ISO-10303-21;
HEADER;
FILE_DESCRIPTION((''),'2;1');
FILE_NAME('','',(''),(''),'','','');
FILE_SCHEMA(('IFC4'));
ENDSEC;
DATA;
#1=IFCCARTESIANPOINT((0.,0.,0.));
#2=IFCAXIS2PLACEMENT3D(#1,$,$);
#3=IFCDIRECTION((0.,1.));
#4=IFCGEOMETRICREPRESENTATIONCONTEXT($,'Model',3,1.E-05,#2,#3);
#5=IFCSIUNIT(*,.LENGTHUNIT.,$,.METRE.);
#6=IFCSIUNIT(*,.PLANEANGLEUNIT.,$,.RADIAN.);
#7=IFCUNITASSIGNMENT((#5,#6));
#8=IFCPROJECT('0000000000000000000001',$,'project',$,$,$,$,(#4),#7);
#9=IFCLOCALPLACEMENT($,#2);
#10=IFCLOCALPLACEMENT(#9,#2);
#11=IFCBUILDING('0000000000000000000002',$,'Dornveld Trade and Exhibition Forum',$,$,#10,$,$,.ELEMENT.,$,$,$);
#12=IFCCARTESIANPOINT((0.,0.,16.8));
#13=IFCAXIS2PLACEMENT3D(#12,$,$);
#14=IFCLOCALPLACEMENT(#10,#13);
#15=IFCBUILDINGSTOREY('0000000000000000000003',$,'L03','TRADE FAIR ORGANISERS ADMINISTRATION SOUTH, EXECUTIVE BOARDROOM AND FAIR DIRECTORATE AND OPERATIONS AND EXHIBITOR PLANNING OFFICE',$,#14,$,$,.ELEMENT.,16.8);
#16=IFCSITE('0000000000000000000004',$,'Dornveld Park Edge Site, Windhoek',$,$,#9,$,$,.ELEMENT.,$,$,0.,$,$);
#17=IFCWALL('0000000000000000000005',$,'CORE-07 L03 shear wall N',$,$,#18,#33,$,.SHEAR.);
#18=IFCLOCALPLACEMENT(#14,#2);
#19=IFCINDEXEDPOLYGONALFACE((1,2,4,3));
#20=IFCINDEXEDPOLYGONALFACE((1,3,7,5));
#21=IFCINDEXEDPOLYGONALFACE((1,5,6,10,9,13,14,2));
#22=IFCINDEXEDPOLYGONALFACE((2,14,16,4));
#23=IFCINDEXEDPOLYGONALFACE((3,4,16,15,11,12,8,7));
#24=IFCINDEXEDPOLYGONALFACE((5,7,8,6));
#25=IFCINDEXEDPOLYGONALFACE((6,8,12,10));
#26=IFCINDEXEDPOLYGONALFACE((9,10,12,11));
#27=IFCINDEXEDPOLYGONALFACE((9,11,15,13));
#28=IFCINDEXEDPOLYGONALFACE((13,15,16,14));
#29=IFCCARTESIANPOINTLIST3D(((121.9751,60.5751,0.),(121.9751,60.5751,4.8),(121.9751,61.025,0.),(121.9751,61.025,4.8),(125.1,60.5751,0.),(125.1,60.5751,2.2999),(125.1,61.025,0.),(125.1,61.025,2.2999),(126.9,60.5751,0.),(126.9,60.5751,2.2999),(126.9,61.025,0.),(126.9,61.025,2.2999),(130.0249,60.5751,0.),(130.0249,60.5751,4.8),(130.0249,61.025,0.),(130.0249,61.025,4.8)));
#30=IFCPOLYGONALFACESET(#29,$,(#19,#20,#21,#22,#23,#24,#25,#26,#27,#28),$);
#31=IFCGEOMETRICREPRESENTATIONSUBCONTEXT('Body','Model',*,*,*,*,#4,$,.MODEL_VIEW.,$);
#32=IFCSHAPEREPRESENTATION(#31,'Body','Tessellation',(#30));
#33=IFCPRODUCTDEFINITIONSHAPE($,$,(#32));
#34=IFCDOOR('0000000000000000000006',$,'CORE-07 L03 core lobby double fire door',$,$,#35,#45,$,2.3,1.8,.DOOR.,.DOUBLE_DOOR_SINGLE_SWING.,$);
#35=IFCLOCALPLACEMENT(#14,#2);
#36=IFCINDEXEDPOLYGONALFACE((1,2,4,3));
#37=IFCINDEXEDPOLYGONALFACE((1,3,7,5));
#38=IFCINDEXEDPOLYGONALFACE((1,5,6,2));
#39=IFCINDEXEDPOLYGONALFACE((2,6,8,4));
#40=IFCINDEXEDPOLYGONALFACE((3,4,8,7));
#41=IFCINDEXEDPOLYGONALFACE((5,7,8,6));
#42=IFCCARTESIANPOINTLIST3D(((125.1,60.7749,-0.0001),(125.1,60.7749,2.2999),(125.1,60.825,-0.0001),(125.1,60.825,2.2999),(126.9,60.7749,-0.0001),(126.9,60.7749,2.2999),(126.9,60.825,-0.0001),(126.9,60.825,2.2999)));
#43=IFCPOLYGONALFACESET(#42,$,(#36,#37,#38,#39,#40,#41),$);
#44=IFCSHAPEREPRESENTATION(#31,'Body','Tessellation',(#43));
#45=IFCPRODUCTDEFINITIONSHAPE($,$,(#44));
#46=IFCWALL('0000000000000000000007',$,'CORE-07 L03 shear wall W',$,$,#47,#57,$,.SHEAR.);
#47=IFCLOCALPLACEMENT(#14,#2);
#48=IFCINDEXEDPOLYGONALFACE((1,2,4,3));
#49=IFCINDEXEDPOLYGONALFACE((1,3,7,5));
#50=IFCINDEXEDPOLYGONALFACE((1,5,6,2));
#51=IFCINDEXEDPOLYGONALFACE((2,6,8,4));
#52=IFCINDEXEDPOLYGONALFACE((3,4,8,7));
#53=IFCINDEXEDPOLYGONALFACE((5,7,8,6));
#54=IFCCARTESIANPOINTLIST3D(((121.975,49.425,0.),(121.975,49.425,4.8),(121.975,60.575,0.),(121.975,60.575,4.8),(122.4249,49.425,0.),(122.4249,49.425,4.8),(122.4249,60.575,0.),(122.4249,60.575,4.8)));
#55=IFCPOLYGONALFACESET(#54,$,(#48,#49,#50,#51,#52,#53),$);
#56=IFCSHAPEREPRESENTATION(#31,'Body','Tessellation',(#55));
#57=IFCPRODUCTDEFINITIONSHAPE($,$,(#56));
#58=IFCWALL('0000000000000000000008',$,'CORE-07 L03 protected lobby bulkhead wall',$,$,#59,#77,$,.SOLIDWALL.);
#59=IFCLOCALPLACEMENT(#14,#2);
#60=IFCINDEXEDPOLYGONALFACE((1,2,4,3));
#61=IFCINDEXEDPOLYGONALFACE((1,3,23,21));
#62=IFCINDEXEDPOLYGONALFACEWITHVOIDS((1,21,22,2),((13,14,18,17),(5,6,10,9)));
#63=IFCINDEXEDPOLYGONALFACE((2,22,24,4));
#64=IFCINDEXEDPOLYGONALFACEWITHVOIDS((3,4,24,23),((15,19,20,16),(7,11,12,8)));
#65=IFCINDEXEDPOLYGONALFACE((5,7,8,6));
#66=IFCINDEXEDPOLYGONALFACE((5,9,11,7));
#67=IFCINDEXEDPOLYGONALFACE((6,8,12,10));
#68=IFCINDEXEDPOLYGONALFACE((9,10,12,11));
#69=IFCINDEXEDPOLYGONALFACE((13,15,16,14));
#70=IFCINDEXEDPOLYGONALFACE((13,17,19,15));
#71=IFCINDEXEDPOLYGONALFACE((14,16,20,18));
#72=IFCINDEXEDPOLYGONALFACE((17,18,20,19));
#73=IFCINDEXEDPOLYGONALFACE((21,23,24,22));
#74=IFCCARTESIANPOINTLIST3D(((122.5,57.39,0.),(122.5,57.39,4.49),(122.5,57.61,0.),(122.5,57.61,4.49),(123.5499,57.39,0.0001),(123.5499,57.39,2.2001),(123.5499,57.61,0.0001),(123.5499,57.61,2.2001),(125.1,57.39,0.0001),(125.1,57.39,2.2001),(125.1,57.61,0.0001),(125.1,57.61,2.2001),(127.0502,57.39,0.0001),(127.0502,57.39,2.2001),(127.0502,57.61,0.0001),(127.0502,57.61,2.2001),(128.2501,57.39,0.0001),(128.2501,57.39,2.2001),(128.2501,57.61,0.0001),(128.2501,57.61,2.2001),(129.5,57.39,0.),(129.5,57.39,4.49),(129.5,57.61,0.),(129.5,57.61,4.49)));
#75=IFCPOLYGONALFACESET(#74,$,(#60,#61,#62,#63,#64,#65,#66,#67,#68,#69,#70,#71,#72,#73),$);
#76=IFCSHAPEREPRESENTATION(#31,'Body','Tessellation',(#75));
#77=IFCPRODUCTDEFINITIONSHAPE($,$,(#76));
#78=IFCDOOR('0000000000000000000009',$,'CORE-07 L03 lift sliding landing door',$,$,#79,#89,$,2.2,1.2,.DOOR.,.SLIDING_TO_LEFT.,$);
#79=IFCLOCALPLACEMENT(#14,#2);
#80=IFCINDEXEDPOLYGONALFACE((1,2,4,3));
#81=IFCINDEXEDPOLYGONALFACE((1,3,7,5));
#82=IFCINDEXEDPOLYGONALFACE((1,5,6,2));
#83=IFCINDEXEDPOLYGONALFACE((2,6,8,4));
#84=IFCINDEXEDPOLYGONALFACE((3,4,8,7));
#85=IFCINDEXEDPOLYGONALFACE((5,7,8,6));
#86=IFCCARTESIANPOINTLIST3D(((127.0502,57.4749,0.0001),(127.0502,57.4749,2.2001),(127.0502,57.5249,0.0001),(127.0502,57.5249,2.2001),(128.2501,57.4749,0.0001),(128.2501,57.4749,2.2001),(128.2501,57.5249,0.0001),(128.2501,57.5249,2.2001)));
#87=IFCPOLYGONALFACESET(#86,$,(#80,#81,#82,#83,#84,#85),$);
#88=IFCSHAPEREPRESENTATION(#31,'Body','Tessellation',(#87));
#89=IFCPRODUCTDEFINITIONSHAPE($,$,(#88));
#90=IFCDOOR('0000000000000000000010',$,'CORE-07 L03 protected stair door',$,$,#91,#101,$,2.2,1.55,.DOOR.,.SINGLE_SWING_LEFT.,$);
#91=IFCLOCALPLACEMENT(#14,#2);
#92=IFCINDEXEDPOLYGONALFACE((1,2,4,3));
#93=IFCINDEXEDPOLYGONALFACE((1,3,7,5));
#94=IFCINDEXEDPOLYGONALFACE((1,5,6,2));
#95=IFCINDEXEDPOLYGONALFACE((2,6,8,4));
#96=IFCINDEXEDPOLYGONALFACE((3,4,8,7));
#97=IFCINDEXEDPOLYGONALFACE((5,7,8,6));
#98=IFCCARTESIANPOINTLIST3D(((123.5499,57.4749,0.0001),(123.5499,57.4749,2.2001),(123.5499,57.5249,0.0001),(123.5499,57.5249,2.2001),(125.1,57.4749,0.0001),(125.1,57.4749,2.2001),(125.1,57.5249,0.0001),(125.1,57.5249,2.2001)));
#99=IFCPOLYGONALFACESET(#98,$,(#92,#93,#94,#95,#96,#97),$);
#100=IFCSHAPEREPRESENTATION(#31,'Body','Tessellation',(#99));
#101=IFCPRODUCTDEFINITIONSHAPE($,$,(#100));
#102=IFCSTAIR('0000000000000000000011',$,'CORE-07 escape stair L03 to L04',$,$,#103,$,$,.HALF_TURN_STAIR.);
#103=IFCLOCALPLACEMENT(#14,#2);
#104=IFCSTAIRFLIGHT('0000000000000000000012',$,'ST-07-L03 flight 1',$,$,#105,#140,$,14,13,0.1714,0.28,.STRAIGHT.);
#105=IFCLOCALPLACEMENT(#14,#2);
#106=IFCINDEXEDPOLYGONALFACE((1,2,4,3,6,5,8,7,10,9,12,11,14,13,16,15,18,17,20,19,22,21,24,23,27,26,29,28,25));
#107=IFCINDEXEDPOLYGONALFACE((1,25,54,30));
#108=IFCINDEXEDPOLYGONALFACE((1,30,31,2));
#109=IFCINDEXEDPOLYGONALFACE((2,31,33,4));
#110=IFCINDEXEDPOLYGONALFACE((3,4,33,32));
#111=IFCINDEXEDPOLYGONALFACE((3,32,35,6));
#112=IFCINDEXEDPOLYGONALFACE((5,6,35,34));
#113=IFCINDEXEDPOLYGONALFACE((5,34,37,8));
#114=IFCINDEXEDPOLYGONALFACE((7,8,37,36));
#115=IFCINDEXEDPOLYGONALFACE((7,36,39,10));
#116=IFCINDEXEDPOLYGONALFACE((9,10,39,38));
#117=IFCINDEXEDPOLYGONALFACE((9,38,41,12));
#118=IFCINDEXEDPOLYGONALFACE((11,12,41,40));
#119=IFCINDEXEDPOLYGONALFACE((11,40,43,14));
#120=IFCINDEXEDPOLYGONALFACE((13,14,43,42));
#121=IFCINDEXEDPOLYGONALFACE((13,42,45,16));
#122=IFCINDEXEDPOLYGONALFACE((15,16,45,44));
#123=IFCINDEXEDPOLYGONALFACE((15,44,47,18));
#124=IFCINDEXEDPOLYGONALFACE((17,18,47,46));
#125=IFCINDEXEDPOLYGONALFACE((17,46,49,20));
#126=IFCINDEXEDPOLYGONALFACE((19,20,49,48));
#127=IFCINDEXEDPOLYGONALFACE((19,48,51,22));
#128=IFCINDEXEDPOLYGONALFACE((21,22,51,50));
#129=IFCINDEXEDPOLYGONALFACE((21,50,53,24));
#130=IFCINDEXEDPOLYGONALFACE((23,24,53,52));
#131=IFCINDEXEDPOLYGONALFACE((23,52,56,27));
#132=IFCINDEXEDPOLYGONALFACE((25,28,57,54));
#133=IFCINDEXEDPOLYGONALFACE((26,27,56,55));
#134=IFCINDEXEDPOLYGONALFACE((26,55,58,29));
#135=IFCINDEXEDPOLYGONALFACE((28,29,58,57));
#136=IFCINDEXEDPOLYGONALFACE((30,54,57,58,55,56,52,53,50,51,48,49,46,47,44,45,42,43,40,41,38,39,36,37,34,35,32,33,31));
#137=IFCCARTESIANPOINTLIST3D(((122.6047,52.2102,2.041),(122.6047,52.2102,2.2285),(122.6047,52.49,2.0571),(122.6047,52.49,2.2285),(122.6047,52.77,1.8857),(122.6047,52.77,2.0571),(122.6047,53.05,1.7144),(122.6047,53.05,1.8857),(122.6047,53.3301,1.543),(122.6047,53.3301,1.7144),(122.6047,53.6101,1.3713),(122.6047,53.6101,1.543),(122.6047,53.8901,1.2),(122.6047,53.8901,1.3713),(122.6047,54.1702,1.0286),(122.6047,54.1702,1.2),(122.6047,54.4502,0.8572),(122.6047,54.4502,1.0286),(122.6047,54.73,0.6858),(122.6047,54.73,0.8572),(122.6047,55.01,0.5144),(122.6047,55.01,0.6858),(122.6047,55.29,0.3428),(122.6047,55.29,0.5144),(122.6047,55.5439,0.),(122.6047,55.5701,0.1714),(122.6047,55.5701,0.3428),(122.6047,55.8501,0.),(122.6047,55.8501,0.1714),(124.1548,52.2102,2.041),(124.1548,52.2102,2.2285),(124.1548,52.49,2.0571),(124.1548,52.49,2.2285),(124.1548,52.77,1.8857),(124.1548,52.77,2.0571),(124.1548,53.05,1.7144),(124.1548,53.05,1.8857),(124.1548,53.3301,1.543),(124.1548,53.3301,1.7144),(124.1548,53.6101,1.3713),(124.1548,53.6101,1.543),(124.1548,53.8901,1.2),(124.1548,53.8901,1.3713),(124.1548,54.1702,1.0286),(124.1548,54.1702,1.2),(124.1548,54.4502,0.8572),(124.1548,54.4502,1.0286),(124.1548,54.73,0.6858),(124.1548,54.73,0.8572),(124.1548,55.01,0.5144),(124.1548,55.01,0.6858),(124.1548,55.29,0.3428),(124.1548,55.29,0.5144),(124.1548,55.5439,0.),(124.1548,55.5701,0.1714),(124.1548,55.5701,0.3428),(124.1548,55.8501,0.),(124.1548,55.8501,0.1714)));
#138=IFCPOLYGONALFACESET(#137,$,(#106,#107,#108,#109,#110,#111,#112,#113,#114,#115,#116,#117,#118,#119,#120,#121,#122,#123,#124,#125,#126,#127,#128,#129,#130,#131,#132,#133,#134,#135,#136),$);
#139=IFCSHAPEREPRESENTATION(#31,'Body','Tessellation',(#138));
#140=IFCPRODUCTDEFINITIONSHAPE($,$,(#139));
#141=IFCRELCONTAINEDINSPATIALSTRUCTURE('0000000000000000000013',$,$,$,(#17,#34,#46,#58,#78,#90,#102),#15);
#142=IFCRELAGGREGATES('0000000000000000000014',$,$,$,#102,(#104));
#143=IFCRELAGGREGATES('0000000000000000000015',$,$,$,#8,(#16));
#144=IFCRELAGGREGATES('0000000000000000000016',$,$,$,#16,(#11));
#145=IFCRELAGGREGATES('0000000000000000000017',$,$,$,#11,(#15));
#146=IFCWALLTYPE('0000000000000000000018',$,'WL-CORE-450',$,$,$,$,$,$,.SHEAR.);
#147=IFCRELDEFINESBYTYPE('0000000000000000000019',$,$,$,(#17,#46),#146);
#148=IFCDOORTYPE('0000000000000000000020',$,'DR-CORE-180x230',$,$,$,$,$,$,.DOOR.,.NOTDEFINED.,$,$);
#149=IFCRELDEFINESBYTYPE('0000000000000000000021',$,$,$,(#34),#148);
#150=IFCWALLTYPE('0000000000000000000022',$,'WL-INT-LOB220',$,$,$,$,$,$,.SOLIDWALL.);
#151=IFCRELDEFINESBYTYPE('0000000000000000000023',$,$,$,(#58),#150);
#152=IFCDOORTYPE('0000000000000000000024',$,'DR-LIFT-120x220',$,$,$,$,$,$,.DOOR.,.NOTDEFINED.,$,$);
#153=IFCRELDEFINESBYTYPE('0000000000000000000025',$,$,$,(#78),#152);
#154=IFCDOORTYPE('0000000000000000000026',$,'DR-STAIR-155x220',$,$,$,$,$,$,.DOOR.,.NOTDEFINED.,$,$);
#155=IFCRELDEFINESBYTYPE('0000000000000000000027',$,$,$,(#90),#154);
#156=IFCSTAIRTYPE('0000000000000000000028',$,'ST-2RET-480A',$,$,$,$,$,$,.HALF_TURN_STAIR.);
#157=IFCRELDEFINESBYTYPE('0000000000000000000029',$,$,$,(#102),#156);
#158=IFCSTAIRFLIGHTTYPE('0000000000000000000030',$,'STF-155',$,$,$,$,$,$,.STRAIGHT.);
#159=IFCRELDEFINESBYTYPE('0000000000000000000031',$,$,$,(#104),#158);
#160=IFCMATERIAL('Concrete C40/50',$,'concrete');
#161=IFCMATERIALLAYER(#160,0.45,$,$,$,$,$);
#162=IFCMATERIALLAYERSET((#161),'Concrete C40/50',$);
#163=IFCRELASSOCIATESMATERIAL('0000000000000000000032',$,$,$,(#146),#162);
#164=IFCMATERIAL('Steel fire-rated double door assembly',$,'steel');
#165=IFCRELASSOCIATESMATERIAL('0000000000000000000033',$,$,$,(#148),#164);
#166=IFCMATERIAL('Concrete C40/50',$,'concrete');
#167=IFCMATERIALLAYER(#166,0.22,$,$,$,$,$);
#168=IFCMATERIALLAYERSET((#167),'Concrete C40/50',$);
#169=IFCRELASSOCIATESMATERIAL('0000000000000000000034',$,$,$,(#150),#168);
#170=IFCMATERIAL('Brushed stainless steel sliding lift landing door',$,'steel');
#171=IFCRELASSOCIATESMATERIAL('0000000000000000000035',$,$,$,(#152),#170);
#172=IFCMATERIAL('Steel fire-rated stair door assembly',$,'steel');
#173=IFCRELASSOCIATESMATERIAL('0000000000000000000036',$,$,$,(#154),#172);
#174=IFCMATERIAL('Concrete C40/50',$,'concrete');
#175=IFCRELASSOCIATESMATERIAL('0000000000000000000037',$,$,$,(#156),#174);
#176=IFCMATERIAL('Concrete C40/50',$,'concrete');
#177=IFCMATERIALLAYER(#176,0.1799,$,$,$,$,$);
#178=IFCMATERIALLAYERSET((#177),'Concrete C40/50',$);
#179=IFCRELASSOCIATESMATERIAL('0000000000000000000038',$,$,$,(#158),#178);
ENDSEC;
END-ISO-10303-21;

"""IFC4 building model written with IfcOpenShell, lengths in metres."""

from ifc_helpers import new_model, si_unit, direction, frame, frame_2d, origin, place, context, subcontext, project, spatial, polyline, rectangle, outline, extrude, material, layer, layer_set, type_object, element, fill, aggregate, save


model = new_model("IFC4")

# Units and contexts
model_context = context("Model", 3, precision=1e-05, world=origin(), true_north=direction((0.0, 1.0)))
body_context = subcontext(model_context, "Body", "Model", "MODEL_VIEW")
ifc_project = project(units=[si_unit("LENGTHUNIT", "METRE"), si_unit("PLANEANGLEUNIT", "RADIAN")], contexts=[model_context])

# Site, building, storey
site_placement = place(None, origin())
site = spatial("IfcSite", under=ifc_project, at=site_placement, Name="Dornveld Park Edge Site, Windhoek", CompositionType="ELEMENT", RefElevation=0.0)
building_placement = place(site_placement, origin())
building = spatial("IfcBuilding", under=site, at=building_placement, Name="Dornveld Trade and Exhibition Forum", CompositionType="ELEMENT")
storey_placement = place(building_placement, frame((0.0, 0.0, 16.8)))
storey = spatial("IfcBuildingStorey", under=building, at=storey_placement, Name="L03", Description="TRADE FAIR ORGANISERS ADMINISTRATION SOUTH, EXECUTIVE BOARDROOM AND FAIR DIRECTORATE AND OPERATIONS AND EXHIBITOR PLANNING OFFICE", CompositionType="ELEMENT", Elevation=16.8)

# Shared definitions
ifc_material_1 = material(Name="Concrete C40/50", Category="concrete")
ifc_layer_1 = layer(ifc_material_1, 0.45)
ifc_layer_set_1 = layer_set([ifc_layer_1], Name="Concrete C40/50")
wall_type_1 = type_object("IfcWallType", Name="WL-CORE-450", PredefinedType="SHEAR", material=ifc_layer_set_1)

# Wall, opening, door
wall_1_placement = place(storey_placement, frame((121.9751, 60.8, 0.0), z_axis=(0.0, 0.0, 1.0), x_axis=(1.0, 0.0, 0.0)))
wall_1 = element("IfcWall", 1, at=wall_1_placement, inside=storey, type_object=wall_type_1, Name="CORE-07 L03 shear wall N", PredefinedType="SHEAR", context=body_context, shape_type="SweptSolid", body=[
    extrude(rectangle(XDim=8.0498, YDim=0.45, at=frame_2d((4.0249, 0.0))), origin(), (0.0, 0.0, 1.0), 4.8),
])
opening_1_placement = place(wall_1_placement, frame((3.125, 0.0, 0.0)))
opening_1 = element("IfcOpeningElement", 2, at=opening_1_placement, cuts=wall_1, PredefinedType="OPENING", context=body_context, shape_type="SweptSolid", body=[
    extrude(rectangle(XDim=1.8, YDim=2.3, at=frame_2d((0.8999, 1.1499))), frame((0.0, 0.2349, 0.0), z_axis=(0.0, -1.0, 0.0), x_axis=(1.0, 0.0, 0.0)), (0.0, 0.0, 1.0), 0.47),
])
ifc_material_2 = material(Name="Steel fire-rated double door assembly", Category="steel")
door_type_1 = type_object("IfcDoorType", Name="DR-CORE-180x230", OperationType="NOTDEFINED", PredefinedType="DOOR", material=ifc_material_2)
door_1_placement = place(opening_1_placement, origin())
door_1 = element("IfcDoor", 3, at=door_1_placement, inside=storey, type_object=door_type_1, Name="CORE-07 L03 core lobby double fire door", OperationType="DOUBLE_DOOR_SINGLE_SWING", OverallHeight=2.3, OverallWidth=1.8, PredefinedType="DOOR", context=body_context, shape_type="SweptSolid", body=[
    extrude(rectangle(XDim=1.8, YDim=2.3, at=frame_2d((0.8999, 1.1499))), frame((0.0, 0.0249, 0.0), z_axis=(0.0, -1.0, 0.0), x_axis=(1.0, 0.0, 0.0)), (0.0, 0.0, 1.0), 0.05),
])
fill(opening_1, door_1)

# Wall
wall_2_placement = place(storey_placement, frame((122.2, 49.425, 0.0), z_axis=(0.0, 0.0, 1.0), x_axis=(0.0, 1.0, 0.0)))
element("IfcWall", 4, at=wall_2_placement, inside=storey, type_object=wall_type_1, Name="CORE-07 L03 shear wall W", PredefinedType="SHEAR", context=body_context, shape_type="SweptSolid", body=[
    extrude(rectangle(XDim=11.1499, YDim=0.45, at=frame_2d((5.575, 0.0))), origin(), (0.0, 0.0, 1.0), 4.8),
])

# Wall, openings, doors
ifc_material_3 = material(Name="Concrete C40/50", Category="concrete")
ifc_layer_2 = layer(ifc_material_3, 0.22)
ifc_layer_set_2 = layer_set([ifc_layer_2], Name="Concrete C40/50")
wall_type_2 = type_object("IfcWallType", Name="WL-INT-LOB220", PredefinedType="SOLIDWALL", material=ifc_layer_set_2)
wall_3_placement = place(storey_placement, frame((122.5, 57.5, 0.0), z_axis=(0.0, 0.0, 1.0), x_axis=(1.0, 0.0, 0.0)))
wall_3 = element("IfcWall", 5, at=wall_3_placement, inside=storey, type_object=wall_type_2, Name="CORE-07 L03 protected lobby bulkhead wall", PredefinedType="SOLIDWALL", context=body_context, shape_type="SweptSolid", body=[
    extrude(rectangle(XDim=7.0, YDim=0.22, at=frame_2d((3.5, 0.0))), origin(), (0.0, 0.0, 1.0), 4.49),
])
opening_2_placement = place(wall_3_placement, frame((1.05, 0.0, 0.0)))
opening_2 = element("IfcOpeningElement", 6, at=opening_2_placement, cuts=wall_3, PredefinedType="OPENING", context=body_context, shape_type="SweptSolid", body=[
    extrude(rectangle(XDim=1.55, YDim=2.2, at=frame_2d((0.7749, 1.1001))), frame((0.0, 0.1199, 0.0), z_axis=(0.0, -1.0, 0.0), x_axis=(1.0, 0.0, 0.0)), (0.0, 0.0, 1.0), 0.24),
])
opening_3_placement = place(wall_3_placement, frame((4.55, 0.0, 0.0)))
opening_3 = element("IfcOpeningElement", 7, at=opening_3_placement, cuts=wall_3, PredefinedType="OPENING", context=body_context, shape_type="SweptSolid", body=[
    extrude(rectangle(XDim=1.2, YDim=2.2, at=frame_2d((0.6001, 1.1001))), frame((0.0, 0.1199, 0.0), z_axis=(0.0, -1.0, 0.0), x_axis=(1.0, 0.0, 0.0)), (0.0, 0.0, 1.0), 0.24),
])
ifc_material_4 = material(Name="Brushed stainless steel sliding lift landing door", Category="steel")
door_type_2 = type_object("IfcDoorType", Name="DR-LIFT-120x220", OperationType="NOTDEFINED", PredefinedType="DOOR", material=ifc_material_4)
door_2_placement = place(opening_3_placement, origin())
door_2 = element("IfcDoor", 8, at=door_2_placement, inside=storey, type_object=door_type_2, Name="CORE-07 L03 lift sliding landing door", OperationType="SLIDING_TO_LEFT", OverallHeight=2.2, OverallWidth=1.2, PredefinedType="DOOR", context=body_context, shape_type="SweptSolid", body=[
    extrude(rectangle(XDim=1.2, YDim=2.2, at=frame_2d((0.6001, 1.1001))), frame((0.0, 0.0249, 0.0), z_axis=(0.0, -1.0, 0.0), x_axis=(1.0, 0.0, 0.0)), (0.0, 0.0, 1.0), 0.05),
])
fill(opening_3, door_2)
ifc_material_5 = material(Name="Steel fire-rated stair door assembly", Category="steel")
door_type_3 = type_object("IfcDoorType", Name="DR-STAIR-155x220", OperationType="NOTDEFINED", PredefinedType="DOOR", material=ifc_material_5)
door_3_placement = place(opening_2_placement, origin())
door_3 = element("IfcDoor", 9, at=door_3_placement, inside=storey, type_object=door_type_3, Name="CORE-07 L03 protected stair door", OperationType="SINGLE_SWING_LEFT", OverallHeight=2.2, OverallWidth=1.55, PredefinedType="DOOR", context=body_context, shape_type="SweptSolid", body=[
    extrude(rectangle(XDim=1.55, YDim=2.2, at=frame_2d((0.7749, 1.1001))), frame((0.0, 0.0249, 0.0), z_axis=(0.0, -1.0, 0.0), x_axis=(1.0, 0.0, 0.0)), (0.0, 0.0, 1.0), 0.05),
])
fill(opening_2, door_3)

# Stair, stair flight
ifc_material_6 = material(Name="Concrete C40/50", Category="concrete")
stair_type = type_object("IfcStairType", Name="ST-2RET-480A", PredefinedType="HALF_TURN_STAIR", material=ifc_material_6)
stair_placement = place(storey_placement, origin())
stair = element("IfcStair", 10, at=stair_placement, inside=storey, type_object=stair_type, Name="CORE-07 escape stair L03 to L04", PredefinedType="HALF_TURN_STAIR")
ifc_material_7 = material(Name="Concrete C40/50", Category="concrete")
ifc_layer_3 = layer(ifc_material_7, 0.1799)
ifc_layer_set_3 = layer_set([ifc_layer_3], Name="Concrete C40/50")
stair_flight_type = type_object("IfcStairFlightType", Name="STF-155", PredefinedType="STRAIGHT", material=ifc_layer_set_3)
stair_flight_placement = place(storey_placement, frame((123.3799, 55.8501, 0.0), z_axis=(0.0, 0.0, 1.0), x_axis=(0.0, -1.0, 0.0)))
stair_flight = element("IfcStairFlight", 11, at=stair_flight_placement, type_object=stair_flight_type, Name="ST-07-L03 flight 1", NumberOfRisers=14, NumberOfTreads=13, PredefinedType="STRAIGHT", RiserHeight=0.1714, TreadLength=0.28, context=body_context, shape_type="SweptSolid", body=[
    extrude(outline(polyline([(0.0, 0.0), (0.0, 0.1714), (0.28, 0.1714), (0.28, 0.3428), (0.5601, 0.3428), (0.5601, 0.5144), (0.8401, 0.5144), (0.8401, 0.6858), (1.1201, 0.6858), (1.1201, 0.8572), (1.3999, 0.8572), (1.3999, 1.0286), (1.6799, 1.0286), (1.6799, 1.2), (1.96, 1.2), (1.96, 1.3713), (2.24, 1.3713), (2.24, 1.543), (2.52, 1.543), (2.52, 1.7144), (2.8, 1.7144), (2.8, 1.8857), (3.0801, 1.8857), (3.0801, 2.0571), (3.3601, 2.0571), (3.3601, 2.2285), (3.6399, 2.2285), (3.6399, 2.3999), (3.6399, 2.041), (0.3062, 0.0), (0.0, 0.0)])), frame((0.0, 0.7749, 0.0), z_axis=(0.0, -1.0, 0.0), x_axis=(1.0, 0.0, 0.0)), (0.0, 0.0, 1.0), 1.55),
])
aggregate(stair, [stair_flight])

save(model, "model.ifc")
